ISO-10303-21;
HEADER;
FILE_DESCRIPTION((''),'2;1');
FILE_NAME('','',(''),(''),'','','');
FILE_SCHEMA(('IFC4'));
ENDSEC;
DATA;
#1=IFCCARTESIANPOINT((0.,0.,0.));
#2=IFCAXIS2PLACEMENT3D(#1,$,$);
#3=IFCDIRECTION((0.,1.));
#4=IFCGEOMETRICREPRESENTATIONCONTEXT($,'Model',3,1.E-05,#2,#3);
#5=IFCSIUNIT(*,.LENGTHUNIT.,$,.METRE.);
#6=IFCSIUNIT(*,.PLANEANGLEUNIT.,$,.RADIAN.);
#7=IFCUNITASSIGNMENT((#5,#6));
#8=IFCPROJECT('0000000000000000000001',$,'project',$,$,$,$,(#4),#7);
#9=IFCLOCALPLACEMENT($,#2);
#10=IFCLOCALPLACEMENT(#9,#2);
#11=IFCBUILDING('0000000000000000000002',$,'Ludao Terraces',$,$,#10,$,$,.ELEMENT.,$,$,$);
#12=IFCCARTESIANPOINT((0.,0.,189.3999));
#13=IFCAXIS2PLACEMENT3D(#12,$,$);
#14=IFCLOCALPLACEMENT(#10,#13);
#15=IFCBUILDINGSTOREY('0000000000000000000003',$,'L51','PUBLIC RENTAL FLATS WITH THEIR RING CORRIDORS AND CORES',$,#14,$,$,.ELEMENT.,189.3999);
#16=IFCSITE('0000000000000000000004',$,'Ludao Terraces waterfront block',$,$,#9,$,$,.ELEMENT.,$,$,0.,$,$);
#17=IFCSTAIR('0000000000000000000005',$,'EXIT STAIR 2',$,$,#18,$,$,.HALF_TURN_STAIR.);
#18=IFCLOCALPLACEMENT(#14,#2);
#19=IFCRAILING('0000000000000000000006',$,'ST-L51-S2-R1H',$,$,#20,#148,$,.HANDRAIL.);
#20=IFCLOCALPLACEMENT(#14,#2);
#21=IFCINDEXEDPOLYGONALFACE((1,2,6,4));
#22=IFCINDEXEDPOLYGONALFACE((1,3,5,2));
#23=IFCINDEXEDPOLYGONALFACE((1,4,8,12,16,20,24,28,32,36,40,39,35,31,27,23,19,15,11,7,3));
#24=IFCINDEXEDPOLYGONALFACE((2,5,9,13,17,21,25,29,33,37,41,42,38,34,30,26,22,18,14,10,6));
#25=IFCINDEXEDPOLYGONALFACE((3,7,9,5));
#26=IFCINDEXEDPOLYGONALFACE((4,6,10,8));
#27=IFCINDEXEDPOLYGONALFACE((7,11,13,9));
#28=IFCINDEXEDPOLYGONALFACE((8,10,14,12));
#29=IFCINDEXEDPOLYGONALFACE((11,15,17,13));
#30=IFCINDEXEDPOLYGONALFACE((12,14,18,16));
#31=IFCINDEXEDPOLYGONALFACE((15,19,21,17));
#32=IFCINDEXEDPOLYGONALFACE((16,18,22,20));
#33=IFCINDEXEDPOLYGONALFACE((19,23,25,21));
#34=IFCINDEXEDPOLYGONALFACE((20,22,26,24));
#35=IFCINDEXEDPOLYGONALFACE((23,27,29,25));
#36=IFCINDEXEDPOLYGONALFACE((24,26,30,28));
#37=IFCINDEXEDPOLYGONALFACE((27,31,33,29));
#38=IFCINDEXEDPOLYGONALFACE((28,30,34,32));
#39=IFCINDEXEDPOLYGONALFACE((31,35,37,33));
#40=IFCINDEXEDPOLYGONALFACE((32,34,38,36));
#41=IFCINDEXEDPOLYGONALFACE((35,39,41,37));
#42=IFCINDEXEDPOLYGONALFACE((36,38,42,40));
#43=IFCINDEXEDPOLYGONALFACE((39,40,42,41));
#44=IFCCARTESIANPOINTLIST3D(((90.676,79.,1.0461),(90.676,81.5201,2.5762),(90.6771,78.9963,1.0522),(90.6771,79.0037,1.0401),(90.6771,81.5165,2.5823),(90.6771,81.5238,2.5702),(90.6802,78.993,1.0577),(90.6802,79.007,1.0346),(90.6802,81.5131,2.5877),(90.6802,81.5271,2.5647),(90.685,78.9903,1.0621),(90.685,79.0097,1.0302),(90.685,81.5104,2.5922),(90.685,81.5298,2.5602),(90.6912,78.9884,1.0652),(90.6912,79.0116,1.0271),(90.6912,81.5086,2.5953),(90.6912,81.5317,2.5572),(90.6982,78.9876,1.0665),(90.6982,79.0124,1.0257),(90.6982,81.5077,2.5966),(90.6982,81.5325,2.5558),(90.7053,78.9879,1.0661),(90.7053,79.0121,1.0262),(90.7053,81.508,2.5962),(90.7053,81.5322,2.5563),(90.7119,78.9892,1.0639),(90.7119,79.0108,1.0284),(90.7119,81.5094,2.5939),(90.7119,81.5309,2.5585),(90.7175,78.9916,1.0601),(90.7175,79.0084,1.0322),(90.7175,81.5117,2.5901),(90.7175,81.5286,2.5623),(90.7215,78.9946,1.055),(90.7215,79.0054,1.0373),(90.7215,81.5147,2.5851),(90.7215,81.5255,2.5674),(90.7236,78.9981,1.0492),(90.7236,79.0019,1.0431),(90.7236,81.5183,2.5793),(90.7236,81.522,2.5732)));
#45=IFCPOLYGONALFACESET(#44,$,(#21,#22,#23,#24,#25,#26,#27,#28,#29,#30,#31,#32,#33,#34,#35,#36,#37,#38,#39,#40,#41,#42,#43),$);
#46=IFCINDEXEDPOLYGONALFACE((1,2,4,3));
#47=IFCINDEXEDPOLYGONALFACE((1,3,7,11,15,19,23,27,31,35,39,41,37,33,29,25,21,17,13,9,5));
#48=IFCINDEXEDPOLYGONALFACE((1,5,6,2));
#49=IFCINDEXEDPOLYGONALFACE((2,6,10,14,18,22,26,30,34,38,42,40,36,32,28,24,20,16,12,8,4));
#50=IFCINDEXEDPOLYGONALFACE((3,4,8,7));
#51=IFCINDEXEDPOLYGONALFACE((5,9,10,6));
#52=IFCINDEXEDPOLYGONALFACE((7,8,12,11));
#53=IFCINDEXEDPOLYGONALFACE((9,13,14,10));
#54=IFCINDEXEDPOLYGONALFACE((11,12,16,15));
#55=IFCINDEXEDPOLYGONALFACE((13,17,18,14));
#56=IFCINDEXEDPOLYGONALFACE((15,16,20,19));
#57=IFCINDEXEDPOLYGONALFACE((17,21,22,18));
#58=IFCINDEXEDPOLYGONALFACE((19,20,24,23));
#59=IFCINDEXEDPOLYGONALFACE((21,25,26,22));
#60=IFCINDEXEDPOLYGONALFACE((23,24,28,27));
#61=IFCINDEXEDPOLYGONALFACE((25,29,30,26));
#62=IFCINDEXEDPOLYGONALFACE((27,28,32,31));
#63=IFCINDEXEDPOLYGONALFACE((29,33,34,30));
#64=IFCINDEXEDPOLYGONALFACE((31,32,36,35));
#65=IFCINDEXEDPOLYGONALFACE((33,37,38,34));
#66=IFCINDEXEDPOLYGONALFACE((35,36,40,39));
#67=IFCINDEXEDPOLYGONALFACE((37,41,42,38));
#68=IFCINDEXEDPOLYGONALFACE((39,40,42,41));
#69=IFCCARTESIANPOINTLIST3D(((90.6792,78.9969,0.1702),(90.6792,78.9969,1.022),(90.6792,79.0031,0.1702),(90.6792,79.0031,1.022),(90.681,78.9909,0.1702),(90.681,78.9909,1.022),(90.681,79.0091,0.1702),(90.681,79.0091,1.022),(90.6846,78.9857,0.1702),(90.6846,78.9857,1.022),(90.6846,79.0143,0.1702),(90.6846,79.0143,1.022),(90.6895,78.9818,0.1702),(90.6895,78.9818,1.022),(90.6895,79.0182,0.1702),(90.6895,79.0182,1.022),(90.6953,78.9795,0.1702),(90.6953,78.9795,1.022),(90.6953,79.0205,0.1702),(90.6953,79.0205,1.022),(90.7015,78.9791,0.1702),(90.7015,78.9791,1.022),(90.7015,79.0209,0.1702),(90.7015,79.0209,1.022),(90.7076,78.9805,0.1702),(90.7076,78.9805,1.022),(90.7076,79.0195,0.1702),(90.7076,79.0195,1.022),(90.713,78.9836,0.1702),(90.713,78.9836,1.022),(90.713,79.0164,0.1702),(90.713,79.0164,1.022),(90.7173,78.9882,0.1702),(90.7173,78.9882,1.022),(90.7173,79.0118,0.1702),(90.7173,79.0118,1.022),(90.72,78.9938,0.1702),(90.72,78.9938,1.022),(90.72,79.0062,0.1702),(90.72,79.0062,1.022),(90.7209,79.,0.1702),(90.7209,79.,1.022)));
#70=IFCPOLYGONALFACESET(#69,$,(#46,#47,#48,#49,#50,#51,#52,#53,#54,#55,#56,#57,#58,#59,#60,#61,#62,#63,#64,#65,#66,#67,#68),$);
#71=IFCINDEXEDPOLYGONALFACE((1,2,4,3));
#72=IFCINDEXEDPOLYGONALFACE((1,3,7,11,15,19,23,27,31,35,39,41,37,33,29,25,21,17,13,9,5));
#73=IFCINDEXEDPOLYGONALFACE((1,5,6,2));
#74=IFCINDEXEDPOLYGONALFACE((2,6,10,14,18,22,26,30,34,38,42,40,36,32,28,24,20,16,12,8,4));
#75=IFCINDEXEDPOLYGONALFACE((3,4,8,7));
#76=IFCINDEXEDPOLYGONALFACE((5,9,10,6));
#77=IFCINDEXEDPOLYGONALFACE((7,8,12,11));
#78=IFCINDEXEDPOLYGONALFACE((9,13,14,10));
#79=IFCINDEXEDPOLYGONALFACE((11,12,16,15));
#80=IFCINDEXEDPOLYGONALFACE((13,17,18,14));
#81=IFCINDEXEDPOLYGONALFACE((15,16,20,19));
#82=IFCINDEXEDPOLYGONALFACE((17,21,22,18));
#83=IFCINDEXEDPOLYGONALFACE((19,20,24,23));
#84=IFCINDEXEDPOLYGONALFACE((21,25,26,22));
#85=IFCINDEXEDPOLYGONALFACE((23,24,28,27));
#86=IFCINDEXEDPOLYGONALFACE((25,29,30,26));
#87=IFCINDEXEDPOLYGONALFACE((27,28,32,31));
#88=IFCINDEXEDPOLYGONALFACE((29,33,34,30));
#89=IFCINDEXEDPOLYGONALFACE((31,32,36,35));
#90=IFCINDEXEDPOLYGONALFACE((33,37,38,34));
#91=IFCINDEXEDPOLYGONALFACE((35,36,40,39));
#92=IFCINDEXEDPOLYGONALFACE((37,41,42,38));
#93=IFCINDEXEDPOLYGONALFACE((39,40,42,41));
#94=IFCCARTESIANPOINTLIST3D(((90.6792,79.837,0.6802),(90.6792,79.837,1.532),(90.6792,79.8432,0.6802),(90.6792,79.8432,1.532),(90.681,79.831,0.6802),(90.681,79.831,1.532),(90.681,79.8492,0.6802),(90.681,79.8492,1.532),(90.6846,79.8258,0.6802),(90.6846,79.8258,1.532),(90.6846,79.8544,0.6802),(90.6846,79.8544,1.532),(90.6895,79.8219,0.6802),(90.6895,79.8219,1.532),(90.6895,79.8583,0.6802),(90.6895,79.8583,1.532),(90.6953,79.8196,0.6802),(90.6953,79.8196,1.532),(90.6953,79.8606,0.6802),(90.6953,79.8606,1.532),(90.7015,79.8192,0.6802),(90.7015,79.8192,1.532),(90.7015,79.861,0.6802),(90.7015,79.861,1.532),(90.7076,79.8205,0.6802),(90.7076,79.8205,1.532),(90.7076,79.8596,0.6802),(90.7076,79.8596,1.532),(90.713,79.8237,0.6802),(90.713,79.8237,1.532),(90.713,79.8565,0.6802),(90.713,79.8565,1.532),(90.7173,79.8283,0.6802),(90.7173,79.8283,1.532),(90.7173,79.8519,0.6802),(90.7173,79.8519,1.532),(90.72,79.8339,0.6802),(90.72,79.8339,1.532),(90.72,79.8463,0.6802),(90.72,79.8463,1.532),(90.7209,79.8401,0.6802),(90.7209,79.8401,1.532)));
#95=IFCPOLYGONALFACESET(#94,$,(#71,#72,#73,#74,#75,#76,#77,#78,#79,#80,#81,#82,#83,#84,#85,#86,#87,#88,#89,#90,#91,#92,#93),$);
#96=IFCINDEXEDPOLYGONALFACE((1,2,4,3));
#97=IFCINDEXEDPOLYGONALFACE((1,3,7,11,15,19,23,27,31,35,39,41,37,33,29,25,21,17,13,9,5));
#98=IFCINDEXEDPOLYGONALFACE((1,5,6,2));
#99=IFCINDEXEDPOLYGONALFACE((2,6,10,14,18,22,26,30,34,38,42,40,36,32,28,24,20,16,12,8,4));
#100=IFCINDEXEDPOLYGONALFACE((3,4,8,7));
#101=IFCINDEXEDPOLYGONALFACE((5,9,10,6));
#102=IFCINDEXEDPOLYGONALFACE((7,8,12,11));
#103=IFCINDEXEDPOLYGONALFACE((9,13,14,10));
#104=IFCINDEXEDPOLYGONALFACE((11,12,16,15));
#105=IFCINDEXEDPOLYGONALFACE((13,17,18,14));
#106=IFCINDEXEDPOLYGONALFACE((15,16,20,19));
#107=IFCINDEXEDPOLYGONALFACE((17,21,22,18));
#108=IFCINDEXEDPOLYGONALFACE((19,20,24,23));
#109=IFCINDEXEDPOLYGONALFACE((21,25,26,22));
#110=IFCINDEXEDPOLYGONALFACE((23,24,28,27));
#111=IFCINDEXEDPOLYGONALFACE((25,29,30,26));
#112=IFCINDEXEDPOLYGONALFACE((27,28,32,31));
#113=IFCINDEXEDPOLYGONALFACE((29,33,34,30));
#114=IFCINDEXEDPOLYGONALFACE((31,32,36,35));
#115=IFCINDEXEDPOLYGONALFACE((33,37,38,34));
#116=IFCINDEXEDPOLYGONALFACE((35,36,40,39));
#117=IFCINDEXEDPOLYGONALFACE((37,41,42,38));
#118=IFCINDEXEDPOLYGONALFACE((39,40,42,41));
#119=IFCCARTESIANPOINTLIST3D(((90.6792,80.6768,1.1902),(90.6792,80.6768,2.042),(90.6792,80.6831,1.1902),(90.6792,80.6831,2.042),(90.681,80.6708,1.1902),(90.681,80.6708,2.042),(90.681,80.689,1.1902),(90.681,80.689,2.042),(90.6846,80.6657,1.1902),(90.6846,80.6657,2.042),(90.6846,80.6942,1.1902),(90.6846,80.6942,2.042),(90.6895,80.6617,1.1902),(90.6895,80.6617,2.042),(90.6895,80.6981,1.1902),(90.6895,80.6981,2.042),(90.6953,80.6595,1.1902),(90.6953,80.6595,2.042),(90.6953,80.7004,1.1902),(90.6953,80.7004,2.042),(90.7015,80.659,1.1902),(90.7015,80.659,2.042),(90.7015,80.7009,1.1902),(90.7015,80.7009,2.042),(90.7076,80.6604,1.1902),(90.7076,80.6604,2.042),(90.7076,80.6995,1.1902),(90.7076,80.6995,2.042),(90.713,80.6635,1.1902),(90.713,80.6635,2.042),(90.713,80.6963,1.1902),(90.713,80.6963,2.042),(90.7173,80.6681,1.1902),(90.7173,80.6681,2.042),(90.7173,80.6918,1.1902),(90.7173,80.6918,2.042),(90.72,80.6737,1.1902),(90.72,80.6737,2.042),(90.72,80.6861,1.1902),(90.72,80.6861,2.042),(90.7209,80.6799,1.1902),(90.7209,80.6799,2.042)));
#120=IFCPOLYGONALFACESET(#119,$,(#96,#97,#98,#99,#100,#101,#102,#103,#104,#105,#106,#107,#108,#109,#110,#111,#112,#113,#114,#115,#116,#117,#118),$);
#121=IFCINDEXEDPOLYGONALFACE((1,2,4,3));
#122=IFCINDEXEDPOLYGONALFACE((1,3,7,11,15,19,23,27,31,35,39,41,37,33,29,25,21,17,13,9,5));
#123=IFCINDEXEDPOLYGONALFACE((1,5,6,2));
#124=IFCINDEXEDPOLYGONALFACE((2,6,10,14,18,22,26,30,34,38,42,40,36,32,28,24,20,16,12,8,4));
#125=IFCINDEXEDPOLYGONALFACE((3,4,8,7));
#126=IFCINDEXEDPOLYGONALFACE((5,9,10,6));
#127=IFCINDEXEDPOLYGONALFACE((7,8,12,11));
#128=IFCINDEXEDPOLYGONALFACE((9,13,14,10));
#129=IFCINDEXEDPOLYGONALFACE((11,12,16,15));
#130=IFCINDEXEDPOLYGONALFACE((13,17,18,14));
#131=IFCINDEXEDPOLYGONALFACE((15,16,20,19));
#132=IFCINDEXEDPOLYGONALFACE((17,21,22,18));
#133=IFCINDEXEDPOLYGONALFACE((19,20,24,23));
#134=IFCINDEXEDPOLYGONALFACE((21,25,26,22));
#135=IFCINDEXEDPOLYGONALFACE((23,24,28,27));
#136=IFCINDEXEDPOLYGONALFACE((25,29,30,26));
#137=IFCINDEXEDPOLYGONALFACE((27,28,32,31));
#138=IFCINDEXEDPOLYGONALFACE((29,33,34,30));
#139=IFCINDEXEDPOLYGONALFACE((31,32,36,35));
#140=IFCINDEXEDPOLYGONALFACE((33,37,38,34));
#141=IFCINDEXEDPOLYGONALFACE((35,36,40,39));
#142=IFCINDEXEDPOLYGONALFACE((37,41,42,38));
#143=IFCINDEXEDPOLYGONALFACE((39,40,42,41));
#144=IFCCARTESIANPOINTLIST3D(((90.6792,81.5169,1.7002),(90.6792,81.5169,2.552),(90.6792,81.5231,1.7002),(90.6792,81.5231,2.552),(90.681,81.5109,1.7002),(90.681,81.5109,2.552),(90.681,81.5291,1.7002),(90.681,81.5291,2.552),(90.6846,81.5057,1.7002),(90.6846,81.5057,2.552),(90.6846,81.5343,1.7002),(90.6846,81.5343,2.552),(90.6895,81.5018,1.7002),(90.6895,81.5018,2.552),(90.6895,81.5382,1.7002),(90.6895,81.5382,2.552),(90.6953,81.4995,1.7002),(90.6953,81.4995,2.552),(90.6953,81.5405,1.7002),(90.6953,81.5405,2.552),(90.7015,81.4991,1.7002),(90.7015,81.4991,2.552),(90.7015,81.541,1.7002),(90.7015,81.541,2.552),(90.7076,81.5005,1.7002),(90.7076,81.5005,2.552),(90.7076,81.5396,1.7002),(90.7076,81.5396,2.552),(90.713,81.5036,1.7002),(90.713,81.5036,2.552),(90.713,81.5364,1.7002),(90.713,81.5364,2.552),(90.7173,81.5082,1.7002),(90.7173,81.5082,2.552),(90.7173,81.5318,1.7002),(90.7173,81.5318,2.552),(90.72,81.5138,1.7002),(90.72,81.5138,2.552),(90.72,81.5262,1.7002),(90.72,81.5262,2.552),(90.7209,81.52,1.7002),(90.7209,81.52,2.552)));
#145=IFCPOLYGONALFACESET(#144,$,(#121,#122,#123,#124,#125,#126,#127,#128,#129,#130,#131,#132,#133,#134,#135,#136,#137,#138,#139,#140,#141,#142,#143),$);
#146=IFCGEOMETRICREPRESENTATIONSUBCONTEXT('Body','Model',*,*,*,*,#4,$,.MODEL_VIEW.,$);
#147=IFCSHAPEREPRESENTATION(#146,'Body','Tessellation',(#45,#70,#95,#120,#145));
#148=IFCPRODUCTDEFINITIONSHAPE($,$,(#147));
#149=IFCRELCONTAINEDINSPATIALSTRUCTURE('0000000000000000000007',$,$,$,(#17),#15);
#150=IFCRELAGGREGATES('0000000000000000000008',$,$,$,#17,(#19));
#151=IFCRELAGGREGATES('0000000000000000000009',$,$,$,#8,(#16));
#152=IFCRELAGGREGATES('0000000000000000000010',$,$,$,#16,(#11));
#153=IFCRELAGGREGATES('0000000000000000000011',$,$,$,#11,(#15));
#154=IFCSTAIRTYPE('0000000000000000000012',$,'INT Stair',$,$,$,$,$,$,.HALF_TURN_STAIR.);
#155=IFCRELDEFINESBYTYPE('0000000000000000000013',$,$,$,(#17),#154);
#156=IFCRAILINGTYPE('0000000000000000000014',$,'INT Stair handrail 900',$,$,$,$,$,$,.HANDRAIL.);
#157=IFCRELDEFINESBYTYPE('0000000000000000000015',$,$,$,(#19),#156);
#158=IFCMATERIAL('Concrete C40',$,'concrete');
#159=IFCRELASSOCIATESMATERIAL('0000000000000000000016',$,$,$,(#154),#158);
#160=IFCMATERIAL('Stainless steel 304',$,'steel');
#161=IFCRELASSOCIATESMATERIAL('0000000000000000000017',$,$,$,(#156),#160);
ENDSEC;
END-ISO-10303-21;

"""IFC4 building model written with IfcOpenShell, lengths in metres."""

from ifc_helpers import new_model, si_unit, direction, frame, origin, origin_2d, place, context, subcontext, project, spatial, circle, extrude, material, type_object, element, aggregate, save


model = new_model("IFC4")

# Units and contexts
model_context = context("Model", 3, precision=1e-05, world=origin(), true_north=direction((0.0, 1.0)))
body_context = subcontext(model_context, "Body", "Model", "MODEL_VIEW")
ifc_project = project(units=[si_unit("LENGTHUNIT", "METRE"), si_unit("PLANEANGLEUNIT", "RADIAN")], contexts=[model_context])

# Site, building, storey
site_placement = place(None, origin())
site = spatial("IfcSite", under=ifc_project, at=site_placement, Name="Ludao Terraces waterfront block", CompositionType="ELEMENT", RefElevation=0.0)
building_placement = place(site_placement, origin())
building = spatial("IfcBuilding", under=site, at=building_placement, Name="Ludao Terraces", CompositionType="ELEMENT")
storey_placement = place(building_placement, frame((0.0, 0.0, 189.3999)))
storey = spatial("IfcBuildingStorey", under=building, at=storey_placement, Name="L51", Description="PUBLIC RENTAL FLATS WITH THEIR RING CORRIDORS AND CORES", CompositionType="ELEMENT", Elevation=189.3999)

# Shared definitions
ifc_material_1 = material(Name="Concrete C40", Category="concrete")

# Shared definitions
ifc_material_2 = material(Name="Stainless steel 304", Category="steel")

# Stair, railing
stair_type = type_object("IfcStairType", Name="INT Stair", PredefinedType="HALF_TURN_STAIR", material=ifc_material_1)
stair_placement = place(storey_placement, origin())
stair = element("IfcStair", 1, at=stair_placement, inside=storey, type_object=stair_type, Name="EXIT STAIR 2", PredefinedType="HALF_TURN_STAIR")
railing_type_1 = type_object("IfcRailingType", Name="INT Stair handrail 900", PredefinedType="HANDRAIL", material=ifc_material_2)
railing_1_placement = place(storey_placement, frame((90.7, 79.0, 0.1702)))
railing_1 = element("IfcRailing", 2, at=railing_1_placement, type_object=railing_type_1, Name="ST-L51-S2-R1H", PredefinedType="HANDRAIL", context=body_context, shape_type="SweptSolid", body=[
    extrude(circle(Radius=0.0239, at=origin_2d()), frame((0.0, 0.0, 0.876), z_axis=(0.0, 0.854785, 0.518982), x_axis=(-1.0, 0.0, 0.0)), (0.0, 0.0, 1.0), 2.9482),
    extrude(circle(Radius=0.021, at=origin_2d()), origin(), (0.0, 0.0, 1.0), 0.8518),
    extrude(circle(Radius=0.021, at=origin_2d()), frame((0.0, 0.8401, 0.51)), (0.0, 0.0, 1.0), 0.8518),
    extrude(circle(Radius=0.021, at=origin_2d()), frame((0.0, 1.6799, 1.02)), (0.0, 0.0, 1.0), 0.8518),
    extrude(circle(Radius=0.021, at=origin_2d()), frame((0.0, 2.52, 1.53)), (0.0, 0.0, 1.0), 0.8518),
])
aggregate(stair, [railing_1])

save(model, "model.ifc")
